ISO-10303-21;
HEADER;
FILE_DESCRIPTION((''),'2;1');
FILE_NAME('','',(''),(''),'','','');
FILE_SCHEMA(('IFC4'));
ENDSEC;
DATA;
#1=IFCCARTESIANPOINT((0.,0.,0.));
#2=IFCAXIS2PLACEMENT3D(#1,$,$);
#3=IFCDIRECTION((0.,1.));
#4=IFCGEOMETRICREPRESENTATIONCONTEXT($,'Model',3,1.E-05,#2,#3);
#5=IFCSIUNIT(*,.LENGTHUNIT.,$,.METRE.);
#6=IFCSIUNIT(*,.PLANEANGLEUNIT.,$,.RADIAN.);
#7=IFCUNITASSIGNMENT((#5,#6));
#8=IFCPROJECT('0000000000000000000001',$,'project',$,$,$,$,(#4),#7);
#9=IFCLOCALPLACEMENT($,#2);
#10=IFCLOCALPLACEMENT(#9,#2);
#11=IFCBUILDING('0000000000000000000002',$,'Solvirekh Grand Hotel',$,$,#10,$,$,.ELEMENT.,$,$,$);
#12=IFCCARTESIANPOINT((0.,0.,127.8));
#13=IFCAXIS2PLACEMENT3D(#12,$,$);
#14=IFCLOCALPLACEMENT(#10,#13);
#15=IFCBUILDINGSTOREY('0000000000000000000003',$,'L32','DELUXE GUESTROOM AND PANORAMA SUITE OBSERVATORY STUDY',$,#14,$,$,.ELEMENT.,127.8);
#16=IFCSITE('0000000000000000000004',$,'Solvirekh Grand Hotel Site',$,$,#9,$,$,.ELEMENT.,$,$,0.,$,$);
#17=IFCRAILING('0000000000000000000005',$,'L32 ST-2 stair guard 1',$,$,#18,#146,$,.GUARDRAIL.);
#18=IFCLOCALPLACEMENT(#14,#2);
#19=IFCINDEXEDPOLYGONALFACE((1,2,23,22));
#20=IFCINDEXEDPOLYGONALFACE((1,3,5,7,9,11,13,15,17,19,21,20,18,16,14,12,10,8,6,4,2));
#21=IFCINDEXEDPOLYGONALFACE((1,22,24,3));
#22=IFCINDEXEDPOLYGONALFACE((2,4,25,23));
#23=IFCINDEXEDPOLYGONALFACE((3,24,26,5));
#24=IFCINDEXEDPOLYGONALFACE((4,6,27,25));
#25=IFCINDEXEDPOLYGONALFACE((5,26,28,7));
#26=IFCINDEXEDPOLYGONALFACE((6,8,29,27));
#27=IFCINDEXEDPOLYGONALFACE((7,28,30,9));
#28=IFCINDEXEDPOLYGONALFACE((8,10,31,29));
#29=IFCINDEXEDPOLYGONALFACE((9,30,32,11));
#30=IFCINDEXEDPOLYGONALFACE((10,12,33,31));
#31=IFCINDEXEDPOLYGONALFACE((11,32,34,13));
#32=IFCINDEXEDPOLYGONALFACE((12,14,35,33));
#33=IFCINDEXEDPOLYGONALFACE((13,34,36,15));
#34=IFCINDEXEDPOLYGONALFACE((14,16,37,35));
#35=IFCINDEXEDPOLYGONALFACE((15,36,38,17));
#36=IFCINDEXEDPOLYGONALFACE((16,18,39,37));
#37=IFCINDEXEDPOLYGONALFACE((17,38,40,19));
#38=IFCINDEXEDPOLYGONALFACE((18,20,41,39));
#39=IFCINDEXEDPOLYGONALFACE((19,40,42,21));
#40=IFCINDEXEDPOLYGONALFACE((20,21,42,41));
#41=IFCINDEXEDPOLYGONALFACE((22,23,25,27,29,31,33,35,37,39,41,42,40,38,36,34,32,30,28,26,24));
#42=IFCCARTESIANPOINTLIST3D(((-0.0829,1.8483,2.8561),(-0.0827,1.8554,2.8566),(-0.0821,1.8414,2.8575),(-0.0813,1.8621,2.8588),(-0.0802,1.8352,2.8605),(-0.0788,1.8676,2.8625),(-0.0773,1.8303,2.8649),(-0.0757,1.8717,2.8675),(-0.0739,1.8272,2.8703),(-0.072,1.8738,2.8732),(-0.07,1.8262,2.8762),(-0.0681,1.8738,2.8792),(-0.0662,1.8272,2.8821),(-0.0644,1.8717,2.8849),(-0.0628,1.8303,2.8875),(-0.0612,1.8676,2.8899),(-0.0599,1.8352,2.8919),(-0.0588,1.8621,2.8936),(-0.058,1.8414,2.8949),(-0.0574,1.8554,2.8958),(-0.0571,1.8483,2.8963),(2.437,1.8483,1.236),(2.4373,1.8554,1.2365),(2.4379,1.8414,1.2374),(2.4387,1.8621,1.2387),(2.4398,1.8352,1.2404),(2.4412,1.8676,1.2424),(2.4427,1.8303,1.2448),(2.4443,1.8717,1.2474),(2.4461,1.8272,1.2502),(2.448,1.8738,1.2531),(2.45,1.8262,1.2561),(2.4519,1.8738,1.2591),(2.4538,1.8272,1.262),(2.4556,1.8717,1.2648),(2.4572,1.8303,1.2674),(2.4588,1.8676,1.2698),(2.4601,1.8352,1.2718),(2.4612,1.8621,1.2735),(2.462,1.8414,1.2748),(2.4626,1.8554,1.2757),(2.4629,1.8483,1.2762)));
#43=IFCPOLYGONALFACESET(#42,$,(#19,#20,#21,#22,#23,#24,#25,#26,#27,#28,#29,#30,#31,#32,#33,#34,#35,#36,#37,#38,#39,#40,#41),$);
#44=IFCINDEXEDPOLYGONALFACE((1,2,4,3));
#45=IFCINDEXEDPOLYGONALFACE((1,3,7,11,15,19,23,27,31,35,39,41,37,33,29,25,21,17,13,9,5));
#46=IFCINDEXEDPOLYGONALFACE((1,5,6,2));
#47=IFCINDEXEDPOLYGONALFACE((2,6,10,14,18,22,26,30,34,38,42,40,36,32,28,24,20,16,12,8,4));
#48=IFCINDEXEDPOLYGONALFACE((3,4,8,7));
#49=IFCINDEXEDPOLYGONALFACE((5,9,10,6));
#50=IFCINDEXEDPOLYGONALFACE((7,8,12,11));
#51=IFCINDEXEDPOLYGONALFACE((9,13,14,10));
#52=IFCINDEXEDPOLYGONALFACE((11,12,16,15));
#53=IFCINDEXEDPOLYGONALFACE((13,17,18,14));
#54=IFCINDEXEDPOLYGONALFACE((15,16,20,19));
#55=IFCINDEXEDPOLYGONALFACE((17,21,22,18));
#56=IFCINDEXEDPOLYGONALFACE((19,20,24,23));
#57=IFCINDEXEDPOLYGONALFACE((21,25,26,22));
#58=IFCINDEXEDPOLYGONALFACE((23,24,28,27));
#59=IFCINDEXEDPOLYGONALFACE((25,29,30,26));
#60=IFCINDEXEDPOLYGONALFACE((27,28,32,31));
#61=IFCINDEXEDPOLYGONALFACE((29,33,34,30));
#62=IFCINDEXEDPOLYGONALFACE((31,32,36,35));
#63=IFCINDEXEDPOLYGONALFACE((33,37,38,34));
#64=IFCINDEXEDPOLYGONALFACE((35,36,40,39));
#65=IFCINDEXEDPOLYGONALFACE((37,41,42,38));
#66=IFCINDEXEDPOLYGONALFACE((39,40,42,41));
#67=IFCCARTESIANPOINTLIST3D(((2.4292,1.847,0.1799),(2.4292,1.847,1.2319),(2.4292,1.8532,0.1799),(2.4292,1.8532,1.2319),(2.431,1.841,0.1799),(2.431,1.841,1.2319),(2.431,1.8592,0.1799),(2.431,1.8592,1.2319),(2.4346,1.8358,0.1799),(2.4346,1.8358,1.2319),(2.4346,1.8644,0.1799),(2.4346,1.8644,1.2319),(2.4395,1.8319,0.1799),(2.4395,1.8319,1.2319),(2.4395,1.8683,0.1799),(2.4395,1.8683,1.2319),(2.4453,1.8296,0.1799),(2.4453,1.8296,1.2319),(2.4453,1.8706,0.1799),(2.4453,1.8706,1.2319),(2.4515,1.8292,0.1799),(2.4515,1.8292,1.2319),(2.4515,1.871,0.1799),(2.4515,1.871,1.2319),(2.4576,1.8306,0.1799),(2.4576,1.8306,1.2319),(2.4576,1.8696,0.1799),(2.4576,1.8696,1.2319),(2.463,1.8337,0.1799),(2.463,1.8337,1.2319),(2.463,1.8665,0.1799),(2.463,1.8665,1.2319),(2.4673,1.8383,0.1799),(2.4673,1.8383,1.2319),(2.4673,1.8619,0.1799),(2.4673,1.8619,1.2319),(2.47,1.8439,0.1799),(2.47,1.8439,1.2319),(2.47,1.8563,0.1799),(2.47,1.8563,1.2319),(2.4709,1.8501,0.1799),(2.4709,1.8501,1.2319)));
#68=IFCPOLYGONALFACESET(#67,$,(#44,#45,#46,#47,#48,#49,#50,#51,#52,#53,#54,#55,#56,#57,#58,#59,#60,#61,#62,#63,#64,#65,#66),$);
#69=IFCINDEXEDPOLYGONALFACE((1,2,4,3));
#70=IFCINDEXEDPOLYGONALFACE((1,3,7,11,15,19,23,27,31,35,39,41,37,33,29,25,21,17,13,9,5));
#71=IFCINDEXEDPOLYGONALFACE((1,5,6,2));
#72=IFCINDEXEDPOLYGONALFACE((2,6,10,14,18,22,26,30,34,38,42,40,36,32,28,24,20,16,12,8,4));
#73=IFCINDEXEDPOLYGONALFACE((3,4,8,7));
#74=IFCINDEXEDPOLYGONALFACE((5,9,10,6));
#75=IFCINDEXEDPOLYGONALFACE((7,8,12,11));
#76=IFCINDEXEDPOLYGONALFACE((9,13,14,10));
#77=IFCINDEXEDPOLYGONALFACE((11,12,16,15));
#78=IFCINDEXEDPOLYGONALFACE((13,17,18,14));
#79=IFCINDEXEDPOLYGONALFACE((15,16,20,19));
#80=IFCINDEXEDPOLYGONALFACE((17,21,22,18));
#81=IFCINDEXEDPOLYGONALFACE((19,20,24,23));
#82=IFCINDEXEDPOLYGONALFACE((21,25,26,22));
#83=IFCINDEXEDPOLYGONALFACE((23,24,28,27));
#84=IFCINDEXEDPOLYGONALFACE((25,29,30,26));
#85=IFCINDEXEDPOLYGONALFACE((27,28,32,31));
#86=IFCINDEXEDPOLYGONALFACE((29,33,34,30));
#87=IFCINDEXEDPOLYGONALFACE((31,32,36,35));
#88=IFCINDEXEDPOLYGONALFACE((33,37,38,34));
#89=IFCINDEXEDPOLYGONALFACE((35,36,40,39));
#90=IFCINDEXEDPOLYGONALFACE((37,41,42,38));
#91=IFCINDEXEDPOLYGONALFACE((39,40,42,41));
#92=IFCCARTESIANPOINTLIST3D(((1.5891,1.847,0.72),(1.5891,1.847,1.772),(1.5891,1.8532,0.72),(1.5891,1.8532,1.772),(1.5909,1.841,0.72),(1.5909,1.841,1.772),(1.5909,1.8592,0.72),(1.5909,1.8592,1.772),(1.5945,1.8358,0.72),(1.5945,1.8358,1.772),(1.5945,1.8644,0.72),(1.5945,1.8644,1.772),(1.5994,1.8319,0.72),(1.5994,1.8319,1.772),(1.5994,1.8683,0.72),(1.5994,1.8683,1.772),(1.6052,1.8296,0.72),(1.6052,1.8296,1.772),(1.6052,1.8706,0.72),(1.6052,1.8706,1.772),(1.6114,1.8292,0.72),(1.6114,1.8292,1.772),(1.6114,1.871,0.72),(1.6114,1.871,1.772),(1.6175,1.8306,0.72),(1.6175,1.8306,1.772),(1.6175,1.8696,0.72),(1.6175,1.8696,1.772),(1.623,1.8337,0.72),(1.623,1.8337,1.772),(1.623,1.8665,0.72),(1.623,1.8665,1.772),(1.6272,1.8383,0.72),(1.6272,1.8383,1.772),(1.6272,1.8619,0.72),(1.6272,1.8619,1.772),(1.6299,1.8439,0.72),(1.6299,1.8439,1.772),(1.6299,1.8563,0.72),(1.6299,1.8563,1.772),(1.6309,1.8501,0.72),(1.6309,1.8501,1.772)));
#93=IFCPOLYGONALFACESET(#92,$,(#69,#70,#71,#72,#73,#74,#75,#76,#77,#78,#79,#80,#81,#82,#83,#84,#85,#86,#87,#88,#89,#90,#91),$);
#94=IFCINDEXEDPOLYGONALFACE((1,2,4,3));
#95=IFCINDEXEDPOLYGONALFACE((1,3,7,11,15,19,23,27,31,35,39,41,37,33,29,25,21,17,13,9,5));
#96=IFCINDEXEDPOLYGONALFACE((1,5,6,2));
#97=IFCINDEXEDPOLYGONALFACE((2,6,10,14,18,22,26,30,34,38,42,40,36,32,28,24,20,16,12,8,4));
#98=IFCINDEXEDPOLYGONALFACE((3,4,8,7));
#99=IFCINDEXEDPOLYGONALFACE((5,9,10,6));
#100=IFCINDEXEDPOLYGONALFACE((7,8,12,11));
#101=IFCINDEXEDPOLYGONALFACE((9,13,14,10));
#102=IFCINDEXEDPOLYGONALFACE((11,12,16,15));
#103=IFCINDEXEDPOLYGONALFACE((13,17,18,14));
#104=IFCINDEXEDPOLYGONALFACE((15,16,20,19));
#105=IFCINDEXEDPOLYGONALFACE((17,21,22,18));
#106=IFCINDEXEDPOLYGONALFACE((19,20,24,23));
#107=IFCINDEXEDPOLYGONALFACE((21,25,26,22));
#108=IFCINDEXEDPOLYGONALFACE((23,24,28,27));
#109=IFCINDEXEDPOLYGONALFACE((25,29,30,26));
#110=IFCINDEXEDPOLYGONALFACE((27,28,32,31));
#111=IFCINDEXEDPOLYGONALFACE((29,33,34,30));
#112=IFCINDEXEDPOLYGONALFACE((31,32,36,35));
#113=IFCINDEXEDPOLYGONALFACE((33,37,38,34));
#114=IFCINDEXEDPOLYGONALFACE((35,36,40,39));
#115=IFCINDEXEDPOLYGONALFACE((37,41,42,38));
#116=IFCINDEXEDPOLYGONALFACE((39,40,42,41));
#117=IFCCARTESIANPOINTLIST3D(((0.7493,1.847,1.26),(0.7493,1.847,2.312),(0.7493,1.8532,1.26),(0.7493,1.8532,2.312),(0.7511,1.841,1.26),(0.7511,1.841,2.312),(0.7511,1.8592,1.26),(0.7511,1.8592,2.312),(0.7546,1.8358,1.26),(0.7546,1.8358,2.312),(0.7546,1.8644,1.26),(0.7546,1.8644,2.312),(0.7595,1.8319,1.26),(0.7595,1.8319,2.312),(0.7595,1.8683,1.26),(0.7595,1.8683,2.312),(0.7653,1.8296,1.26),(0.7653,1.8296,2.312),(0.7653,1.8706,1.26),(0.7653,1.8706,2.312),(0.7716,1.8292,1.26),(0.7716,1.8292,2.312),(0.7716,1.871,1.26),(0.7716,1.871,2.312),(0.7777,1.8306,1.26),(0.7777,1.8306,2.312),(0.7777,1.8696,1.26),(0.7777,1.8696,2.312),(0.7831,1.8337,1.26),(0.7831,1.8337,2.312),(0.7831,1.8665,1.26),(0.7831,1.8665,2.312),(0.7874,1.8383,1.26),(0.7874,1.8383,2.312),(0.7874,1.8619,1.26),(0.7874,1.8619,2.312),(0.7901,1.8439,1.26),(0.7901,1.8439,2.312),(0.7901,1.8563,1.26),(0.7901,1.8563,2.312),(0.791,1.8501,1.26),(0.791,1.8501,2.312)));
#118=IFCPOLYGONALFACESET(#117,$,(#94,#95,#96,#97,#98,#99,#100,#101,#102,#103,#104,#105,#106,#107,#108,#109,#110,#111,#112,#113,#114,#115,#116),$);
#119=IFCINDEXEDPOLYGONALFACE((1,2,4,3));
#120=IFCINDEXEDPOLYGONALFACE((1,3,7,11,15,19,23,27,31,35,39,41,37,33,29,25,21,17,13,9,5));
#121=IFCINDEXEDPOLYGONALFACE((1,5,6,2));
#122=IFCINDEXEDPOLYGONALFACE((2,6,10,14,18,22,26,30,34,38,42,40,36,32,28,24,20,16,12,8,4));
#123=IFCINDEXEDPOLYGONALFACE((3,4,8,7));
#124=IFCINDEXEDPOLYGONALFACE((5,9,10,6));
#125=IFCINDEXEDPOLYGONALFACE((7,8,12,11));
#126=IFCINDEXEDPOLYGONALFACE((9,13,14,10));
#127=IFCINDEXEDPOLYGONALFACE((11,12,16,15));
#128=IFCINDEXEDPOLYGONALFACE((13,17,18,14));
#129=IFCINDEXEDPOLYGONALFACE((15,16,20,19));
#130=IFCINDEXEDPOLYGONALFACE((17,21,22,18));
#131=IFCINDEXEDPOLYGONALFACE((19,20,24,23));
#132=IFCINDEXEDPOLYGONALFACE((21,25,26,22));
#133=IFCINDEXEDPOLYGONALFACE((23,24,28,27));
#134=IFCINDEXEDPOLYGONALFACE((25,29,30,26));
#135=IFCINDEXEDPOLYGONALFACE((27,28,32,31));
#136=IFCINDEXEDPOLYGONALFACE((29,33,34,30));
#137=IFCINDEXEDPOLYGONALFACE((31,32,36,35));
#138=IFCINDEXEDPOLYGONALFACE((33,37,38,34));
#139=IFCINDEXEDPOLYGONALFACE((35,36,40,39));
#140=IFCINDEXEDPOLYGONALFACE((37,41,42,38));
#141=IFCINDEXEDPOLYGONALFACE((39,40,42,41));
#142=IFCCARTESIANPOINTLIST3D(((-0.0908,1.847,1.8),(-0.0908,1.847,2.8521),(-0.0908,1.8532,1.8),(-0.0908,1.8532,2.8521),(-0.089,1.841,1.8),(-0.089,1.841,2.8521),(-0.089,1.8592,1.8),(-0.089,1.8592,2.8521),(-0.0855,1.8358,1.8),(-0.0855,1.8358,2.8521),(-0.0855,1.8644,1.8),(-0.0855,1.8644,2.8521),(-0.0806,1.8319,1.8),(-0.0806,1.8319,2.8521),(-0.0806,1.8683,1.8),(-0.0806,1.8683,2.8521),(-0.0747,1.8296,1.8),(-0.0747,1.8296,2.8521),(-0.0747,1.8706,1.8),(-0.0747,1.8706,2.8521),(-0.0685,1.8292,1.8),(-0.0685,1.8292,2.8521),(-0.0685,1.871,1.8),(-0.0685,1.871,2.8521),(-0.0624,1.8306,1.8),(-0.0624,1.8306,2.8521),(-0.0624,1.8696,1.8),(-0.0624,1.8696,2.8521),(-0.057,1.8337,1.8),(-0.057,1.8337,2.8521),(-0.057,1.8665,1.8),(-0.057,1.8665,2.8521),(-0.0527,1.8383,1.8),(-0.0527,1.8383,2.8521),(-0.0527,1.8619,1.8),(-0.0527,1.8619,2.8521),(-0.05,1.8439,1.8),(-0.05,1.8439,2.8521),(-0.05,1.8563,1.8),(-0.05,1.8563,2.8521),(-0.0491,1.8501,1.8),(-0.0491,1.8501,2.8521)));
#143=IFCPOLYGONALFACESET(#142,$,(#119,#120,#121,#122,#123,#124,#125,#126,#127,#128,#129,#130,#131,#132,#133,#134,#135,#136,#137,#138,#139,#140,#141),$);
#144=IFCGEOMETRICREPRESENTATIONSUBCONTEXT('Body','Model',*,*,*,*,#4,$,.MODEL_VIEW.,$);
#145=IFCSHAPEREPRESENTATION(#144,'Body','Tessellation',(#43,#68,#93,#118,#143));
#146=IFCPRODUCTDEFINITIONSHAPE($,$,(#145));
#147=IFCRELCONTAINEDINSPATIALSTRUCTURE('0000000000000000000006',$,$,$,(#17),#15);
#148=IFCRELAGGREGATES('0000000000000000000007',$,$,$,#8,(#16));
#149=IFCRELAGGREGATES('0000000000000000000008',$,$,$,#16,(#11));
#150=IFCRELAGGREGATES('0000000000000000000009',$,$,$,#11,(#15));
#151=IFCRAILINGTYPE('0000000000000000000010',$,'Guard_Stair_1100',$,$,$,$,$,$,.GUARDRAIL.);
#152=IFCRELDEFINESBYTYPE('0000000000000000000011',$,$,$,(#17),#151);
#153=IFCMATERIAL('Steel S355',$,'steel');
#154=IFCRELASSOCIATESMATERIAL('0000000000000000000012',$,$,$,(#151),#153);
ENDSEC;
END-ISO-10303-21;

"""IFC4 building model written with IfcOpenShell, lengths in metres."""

from ifc_helpers import new_model, si_unit, direction, frame, origin, origin_2d, place, context, subcontext, project, spatial, circle, extrude, material, type_object, element, save


model = new_model("IFC4")

# Units and contexts
model_context = context("Model", 3, precision=1e-05, world=origin(), true_north=direction((0.0, 1.0)))
body_context = subcontext(model_context, "Body", "Model", "MODEL_VIEW")
ifc_project = project(units=[si_unit("LENGTHUNIT", "METRE"), si_unit("PLANEANGLEUNIT", "RADIAN")], contexts=[model_context])

# Site, building, storey
site_placement = place(None, origin())
site = spatial("IfcSite", under=ifc_project, at=site_placement, Name="Solvirekh Grand Hotel Site", CompositionType="ELEMENT", RefElevation=0.0)
building_placement = place(site_placement, origin())
building = spatial("IfcBuilding", under=site, at=building_placement, Name="Solvirekh Grand Hotel", CompositionType="ELEMENT")
storey_placement = place(building_placement, frame((0.0, 0.0, 127.8)))
storey = spatial("IfcBuildingStorey", under=building, at=storey_placement, Name="L32", Description="DELUXE GUESTROOM AND PANORAMA SUITE OBSERVATORY STUDY", CompositionType="ELEMENT", Elevation=127.8)

# Shared definitions
ifc_material_1 = material(Name="Steel S355", Category="steel")

# Railing
railing_type_1 = type_object("IfcRailingType", Name="Guard_Stair_1100", PredefinedType="GUARDRAIL", material=ifc_material_1)
railing_1_placement = place(storey_placement, frame((2.45, 1.8501, 0.1799)))
element("IfcRailing", 1, at=railing_1_placement, inside=storey, type_object=railing_type_1, Name="L32 ST-2 stair guard 1", PredefinedType="GUARDRAIL", context=body_context, shape_type="SweptSolid", body=[
    extrude(circle(Radius=0.0239, at=origin_2d()), frame((0.0, 0.0, 1.0762), z_axis=(-0.841163, 0.0, 0.540782), x_axis=(0.0, -1.0, 0.0)), (0.0, 0.0, 1.0), 2.9958),
    extrude(circle(Radius=0.021, at=origin_2d()), origin(), (0.0, 0.0, 1.0), 1.052),
    extrude(circle(Radius=0.021, at=origin_2d()), frame((-0.8401, 0.0, 0.54)), (0.0, 0.0, 1.0), 1.052),
    extrude(circle(Radius=0.021, at=origin_2d()), frame((-1.6799, 0.0, 1.0801)), (0.0, 0.0, 1.0), 1.052),
    extrude(circle(Radius=0.021, at=origin_2d()), frame((-2.52, 0.0, 1.6201)), (0.0, 0.0, 1.0), 1.052),
])

save(model, "model.ifc")
